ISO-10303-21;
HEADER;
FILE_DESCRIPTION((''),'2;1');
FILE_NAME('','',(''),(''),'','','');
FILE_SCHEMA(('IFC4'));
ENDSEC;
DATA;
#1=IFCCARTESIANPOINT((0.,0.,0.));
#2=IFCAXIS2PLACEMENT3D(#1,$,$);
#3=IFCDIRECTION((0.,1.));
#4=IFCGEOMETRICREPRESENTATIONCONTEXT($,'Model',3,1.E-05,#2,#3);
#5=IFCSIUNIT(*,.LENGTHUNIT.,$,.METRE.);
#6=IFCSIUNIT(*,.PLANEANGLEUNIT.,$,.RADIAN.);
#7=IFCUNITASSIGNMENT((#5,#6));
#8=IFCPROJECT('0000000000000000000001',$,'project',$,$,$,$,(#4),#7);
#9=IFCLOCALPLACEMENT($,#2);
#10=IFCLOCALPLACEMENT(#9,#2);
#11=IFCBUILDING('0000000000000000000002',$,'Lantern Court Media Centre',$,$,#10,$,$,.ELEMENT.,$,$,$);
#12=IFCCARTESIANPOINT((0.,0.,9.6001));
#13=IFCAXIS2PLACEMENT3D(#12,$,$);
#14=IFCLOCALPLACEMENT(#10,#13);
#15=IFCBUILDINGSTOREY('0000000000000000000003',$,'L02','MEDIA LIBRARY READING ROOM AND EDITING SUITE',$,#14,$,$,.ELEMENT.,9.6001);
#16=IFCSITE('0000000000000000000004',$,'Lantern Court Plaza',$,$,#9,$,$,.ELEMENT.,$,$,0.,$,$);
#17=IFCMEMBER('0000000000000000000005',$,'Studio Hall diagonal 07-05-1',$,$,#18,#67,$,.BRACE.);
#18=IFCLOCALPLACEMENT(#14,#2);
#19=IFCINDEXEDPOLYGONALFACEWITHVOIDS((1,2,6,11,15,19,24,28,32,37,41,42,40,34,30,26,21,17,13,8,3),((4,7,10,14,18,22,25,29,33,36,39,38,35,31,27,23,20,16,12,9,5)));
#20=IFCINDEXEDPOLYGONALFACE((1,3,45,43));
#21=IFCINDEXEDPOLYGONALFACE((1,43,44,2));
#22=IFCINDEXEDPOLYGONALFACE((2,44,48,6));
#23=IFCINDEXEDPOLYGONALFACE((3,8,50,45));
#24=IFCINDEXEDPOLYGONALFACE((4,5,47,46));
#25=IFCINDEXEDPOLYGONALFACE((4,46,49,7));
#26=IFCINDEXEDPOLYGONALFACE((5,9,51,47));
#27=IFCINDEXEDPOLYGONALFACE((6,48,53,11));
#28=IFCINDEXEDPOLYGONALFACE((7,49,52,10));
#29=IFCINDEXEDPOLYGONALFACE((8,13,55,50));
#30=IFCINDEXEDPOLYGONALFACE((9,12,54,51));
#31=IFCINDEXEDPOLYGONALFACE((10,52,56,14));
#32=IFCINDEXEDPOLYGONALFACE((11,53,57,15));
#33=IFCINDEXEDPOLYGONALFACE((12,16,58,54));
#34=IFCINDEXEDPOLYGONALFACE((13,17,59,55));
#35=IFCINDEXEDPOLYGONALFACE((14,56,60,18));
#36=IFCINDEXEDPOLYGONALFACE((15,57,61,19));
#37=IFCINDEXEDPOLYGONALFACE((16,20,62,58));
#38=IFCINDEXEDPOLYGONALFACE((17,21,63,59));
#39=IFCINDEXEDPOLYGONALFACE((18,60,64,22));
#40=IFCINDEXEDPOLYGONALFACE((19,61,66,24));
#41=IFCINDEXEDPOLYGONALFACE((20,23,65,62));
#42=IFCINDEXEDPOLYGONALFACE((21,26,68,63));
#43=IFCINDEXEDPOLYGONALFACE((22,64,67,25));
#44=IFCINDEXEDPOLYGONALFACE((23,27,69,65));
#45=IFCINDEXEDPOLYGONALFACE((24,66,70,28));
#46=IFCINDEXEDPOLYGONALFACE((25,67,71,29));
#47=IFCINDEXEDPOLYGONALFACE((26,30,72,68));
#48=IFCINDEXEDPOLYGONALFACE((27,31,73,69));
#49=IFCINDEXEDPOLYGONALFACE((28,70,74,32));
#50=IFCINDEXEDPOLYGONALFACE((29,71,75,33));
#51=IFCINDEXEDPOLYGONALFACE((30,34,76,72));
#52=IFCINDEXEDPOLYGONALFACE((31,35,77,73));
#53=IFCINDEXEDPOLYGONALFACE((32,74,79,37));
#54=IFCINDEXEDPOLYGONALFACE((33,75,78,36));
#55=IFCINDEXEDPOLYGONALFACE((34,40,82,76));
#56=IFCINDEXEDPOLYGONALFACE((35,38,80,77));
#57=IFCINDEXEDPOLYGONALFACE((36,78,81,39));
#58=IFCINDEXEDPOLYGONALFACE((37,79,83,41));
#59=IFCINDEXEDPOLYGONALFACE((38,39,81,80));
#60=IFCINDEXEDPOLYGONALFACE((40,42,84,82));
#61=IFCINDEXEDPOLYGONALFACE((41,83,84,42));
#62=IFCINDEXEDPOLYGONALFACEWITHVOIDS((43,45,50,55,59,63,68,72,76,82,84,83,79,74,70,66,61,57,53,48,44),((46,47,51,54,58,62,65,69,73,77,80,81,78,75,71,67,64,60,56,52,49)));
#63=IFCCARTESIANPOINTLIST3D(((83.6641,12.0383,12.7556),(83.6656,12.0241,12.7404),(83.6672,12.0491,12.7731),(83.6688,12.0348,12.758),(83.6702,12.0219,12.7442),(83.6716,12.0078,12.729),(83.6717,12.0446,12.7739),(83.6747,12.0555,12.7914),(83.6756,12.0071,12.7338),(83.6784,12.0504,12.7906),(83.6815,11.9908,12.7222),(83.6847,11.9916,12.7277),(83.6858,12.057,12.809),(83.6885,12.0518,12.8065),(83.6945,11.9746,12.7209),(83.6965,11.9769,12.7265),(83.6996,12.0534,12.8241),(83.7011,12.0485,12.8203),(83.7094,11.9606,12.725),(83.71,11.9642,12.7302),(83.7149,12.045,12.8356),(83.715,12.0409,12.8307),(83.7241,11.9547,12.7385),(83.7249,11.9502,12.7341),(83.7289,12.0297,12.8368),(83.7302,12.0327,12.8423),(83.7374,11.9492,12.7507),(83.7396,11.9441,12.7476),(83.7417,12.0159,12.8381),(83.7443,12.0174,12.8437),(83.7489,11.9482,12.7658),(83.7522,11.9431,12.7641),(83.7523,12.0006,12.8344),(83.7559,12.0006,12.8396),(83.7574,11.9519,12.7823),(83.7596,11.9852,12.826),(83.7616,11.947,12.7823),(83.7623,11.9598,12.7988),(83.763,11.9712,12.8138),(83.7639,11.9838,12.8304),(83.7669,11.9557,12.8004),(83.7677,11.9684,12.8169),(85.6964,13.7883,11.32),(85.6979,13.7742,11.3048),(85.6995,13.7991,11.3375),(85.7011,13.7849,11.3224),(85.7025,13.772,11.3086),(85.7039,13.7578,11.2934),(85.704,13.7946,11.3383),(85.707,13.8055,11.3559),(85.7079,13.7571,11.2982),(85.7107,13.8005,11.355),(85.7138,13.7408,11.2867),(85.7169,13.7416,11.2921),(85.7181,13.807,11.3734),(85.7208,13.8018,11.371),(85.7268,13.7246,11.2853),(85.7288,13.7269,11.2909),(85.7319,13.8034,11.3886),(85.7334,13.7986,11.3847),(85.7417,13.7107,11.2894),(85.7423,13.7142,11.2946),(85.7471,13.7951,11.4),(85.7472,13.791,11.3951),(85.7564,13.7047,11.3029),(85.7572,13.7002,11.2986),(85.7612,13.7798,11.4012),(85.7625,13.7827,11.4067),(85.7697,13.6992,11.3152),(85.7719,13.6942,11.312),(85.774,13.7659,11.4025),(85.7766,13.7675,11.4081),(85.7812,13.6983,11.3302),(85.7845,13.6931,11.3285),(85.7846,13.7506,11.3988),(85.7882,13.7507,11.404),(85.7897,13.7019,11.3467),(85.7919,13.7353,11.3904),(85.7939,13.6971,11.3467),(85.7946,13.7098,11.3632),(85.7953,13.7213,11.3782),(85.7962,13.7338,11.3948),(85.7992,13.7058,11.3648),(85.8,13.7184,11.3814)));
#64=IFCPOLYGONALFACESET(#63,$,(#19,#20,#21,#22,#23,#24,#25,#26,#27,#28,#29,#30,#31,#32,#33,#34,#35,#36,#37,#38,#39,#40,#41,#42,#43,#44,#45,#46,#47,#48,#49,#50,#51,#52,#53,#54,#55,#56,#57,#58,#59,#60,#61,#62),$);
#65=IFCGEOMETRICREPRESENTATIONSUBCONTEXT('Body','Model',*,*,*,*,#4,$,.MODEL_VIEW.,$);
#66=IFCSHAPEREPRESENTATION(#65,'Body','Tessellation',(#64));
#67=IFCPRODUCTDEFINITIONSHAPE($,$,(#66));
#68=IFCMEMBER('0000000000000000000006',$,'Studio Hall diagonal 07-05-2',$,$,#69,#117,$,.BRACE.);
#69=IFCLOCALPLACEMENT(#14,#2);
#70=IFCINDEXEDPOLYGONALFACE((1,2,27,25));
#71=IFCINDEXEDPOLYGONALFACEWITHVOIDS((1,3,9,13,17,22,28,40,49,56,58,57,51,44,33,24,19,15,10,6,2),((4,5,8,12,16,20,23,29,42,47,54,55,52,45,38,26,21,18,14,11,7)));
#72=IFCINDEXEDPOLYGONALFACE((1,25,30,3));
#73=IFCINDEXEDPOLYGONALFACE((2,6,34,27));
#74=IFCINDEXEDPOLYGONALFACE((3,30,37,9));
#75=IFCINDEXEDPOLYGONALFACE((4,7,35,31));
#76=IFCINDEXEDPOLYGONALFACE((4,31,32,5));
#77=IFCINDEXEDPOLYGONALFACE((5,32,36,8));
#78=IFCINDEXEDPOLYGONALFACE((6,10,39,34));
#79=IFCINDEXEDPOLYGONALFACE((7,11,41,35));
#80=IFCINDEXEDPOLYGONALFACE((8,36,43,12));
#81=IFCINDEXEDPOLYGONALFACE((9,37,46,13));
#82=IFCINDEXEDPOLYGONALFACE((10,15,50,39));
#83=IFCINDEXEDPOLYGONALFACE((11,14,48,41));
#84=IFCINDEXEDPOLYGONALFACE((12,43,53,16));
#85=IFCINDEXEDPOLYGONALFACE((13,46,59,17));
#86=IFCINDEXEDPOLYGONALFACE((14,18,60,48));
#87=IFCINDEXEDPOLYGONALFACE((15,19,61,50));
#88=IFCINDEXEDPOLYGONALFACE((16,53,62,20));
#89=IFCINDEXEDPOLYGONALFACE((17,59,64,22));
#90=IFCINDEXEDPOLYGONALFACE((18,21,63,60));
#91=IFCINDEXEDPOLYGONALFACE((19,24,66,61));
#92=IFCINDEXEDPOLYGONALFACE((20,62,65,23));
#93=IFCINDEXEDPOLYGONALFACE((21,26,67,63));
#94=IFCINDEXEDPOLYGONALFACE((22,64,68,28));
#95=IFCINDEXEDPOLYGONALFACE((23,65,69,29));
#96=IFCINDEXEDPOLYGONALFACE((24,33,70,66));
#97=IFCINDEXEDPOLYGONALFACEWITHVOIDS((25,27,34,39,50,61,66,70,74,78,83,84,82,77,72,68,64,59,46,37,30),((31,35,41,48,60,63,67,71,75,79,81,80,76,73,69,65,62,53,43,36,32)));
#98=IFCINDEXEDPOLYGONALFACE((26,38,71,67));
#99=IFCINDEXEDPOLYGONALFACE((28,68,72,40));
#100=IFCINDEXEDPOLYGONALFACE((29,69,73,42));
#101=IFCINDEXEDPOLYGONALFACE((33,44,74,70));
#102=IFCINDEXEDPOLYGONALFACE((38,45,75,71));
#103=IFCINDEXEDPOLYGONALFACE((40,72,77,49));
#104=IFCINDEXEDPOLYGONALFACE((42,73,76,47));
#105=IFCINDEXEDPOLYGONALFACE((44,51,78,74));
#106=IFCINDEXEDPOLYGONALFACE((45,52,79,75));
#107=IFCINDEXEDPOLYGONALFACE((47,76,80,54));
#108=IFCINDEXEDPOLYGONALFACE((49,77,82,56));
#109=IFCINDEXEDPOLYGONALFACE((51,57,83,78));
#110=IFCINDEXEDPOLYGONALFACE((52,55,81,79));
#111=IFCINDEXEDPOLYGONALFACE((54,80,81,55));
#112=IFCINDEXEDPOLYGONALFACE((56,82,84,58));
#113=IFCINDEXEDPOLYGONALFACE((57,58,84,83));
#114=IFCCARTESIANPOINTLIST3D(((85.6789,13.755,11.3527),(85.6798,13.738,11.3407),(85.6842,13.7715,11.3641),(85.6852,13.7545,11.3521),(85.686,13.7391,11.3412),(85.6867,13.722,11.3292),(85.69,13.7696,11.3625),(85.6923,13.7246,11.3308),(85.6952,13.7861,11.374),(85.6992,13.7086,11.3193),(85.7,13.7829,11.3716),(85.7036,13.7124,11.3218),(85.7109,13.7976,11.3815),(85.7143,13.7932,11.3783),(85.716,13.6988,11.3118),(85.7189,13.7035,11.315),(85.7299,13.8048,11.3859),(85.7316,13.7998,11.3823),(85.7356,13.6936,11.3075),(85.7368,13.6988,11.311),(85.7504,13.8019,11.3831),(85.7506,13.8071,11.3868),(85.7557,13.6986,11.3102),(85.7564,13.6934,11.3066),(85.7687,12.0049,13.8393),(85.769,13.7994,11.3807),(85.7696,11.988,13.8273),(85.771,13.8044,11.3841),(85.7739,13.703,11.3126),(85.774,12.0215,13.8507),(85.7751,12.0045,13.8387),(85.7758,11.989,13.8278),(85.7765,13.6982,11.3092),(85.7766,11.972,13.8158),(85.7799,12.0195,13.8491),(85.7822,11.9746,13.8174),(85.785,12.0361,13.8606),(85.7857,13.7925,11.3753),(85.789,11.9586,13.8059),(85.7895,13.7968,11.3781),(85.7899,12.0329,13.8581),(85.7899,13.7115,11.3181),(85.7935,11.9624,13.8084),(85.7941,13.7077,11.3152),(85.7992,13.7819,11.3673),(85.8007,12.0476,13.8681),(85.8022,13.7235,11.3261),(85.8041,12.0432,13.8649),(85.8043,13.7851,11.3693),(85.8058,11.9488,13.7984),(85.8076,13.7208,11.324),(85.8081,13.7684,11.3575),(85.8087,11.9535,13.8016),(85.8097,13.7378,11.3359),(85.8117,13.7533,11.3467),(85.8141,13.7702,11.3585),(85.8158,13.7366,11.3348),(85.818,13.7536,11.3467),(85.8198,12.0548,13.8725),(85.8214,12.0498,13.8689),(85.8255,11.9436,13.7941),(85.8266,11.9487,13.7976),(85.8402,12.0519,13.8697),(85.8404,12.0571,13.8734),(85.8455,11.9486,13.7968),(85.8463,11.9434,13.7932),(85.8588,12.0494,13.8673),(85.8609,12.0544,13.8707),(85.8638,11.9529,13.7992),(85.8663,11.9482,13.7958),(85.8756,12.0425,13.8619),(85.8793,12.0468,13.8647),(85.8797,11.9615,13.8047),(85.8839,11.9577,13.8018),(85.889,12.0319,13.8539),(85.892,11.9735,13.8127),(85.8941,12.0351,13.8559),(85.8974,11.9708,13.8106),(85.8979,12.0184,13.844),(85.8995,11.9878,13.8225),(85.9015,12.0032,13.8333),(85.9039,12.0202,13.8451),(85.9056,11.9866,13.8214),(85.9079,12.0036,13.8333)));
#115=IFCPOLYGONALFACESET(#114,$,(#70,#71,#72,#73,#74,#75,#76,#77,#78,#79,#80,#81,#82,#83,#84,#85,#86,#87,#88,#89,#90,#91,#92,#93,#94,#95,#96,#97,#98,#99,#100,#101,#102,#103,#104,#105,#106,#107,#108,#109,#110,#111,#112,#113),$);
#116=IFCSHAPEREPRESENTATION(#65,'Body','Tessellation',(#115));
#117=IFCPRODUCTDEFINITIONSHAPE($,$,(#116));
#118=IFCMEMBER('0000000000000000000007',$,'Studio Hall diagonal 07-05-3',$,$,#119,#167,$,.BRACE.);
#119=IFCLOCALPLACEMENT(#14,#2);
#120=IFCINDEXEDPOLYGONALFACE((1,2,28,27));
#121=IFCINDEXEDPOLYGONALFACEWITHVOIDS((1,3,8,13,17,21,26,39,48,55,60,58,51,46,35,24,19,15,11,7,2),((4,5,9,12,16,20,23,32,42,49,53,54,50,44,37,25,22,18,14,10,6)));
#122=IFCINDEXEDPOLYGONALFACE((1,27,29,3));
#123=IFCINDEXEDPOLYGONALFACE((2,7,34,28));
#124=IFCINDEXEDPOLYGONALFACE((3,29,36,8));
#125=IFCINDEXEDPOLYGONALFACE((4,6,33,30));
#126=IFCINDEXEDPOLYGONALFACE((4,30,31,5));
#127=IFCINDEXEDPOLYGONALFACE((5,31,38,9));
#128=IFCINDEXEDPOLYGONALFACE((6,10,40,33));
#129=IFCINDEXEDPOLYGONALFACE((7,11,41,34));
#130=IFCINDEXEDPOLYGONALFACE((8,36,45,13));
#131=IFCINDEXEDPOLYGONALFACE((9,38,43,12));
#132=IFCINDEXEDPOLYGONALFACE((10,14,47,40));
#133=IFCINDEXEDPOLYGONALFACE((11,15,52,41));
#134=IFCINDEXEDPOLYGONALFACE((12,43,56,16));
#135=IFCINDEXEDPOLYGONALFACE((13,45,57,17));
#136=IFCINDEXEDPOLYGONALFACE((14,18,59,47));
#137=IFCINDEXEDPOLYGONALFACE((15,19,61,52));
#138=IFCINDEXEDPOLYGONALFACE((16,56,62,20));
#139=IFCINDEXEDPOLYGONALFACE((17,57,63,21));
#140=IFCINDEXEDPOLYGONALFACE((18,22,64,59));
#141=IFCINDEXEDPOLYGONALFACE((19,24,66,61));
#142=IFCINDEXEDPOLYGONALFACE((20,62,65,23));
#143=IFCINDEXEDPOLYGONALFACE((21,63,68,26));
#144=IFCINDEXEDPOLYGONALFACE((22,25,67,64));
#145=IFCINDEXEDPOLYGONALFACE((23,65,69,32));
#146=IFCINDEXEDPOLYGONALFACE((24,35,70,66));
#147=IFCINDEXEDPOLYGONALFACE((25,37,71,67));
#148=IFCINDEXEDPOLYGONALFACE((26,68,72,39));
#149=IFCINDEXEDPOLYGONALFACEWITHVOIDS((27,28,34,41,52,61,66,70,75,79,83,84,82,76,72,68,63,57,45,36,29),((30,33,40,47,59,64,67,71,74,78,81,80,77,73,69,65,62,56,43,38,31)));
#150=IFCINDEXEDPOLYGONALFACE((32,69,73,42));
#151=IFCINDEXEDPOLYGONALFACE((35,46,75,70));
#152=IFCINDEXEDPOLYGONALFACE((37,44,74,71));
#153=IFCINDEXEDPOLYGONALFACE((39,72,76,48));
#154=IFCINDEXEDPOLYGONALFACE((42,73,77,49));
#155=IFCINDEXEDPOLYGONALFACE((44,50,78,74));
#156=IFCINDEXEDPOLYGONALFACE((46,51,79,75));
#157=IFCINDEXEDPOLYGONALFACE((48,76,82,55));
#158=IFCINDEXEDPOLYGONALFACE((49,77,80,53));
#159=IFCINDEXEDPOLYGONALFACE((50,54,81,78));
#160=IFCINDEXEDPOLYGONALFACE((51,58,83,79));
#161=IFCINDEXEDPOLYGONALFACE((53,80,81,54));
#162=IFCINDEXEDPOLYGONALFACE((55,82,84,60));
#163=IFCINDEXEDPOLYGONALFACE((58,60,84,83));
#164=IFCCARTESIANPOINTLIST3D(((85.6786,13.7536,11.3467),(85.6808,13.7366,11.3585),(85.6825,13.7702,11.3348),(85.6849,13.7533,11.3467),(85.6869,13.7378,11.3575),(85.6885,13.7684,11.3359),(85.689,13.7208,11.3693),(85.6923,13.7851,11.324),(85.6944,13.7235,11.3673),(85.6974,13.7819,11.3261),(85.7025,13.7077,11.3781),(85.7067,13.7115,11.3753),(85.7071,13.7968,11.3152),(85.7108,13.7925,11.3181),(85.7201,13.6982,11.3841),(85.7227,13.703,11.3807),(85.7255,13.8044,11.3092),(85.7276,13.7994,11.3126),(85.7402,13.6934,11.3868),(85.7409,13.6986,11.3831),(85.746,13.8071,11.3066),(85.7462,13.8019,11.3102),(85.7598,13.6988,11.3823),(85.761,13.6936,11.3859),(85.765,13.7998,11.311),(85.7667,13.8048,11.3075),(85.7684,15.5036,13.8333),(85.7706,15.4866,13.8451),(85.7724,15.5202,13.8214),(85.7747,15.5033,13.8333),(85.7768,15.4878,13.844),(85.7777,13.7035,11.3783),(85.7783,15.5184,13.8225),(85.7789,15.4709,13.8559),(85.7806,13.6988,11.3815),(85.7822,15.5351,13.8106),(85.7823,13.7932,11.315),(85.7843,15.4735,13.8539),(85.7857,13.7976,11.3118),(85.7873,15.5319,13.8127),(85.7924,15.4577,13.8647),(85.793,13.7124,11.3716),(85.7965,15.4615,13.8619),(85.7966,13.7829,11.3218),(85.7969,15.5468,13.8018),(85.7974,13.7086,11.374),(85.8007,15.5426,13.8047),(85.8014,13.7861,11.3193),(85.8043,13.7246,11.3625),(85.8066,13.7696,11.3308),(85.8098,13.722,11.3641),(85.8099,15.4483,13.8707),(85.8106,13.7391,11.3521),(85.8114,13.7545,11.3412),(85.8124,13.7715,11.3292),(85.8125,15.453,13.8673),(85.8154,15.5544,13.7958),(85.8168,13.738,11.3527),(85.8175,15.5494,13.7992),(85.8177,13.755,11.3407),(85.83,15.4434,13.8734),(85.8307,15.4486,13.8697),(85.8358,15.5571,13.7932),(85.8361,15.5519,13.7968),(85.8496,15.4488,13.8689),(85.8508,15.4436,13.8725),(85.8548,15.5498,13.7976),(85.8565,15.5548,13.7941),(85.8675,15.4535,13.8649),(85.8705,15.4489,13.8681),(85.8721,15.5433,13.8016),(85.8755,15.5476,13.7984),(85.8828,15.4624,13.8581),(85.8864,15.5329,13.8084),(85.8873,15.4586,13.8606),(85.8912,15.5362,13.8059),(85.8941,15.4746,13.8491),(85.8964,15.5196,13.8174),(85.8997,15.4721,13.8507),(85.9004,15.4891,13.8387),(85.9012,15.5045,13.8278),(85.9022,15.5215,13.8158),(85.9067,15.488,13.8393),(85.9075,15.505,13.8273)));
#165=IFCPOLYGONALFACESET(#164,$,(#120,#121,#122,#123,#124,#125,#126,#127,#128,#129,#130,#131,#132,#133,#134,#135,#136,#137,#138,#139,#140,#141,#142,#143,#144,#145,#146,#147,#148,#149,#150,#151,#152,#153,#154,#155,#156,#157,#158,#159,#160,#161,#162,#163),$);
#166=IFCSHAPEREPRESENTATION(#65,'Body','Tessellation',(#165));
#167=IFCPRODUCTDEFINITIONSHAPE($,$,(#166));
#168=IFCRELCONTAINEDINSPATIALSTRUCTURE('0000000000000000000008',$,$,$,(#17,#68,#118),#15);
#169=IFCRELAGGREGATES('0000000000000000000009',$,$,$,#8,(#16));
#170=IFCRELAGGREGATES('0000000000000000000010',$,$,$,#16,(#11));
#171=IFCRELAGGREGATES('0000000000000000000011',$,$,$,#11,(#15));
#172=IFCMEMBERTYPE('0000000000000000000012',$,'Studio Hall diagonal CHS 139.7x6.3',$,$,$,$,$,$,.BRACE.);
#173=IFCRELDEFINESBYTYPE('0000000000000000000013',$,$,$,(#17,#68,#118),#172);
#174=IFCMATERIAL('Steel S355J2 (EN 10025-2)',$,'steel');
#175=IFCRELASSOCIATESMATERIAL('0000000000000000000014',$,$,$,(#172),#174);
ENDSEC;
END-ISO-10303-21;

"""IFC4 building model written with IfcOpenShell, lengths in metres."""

from ifc_helpers import new_model, si_unit, direction, frame, origin, origin_2d, place, context, subcontext, project, spatial, hollow_circle, extrude, material, material_profile, profile_set, type_object, element, save


model = new_model("IFC4")

# Units and contexts
model_context = context("Model", 3, precision=1e-05, world=origin(), true_north=direction((0.0, 1.0)))
body_context = subcontext(model_context, "Body", "Model", "MODEL_VIEW")
ifc_project = project(units=[si_unit("LENGTHUNIT", "METRE"), si_unit("PLANEANGLEUNIT", "RADIAN")], contexts=[model_context])

# Site, building, storey
site_placement = place(None, origin())
site = spatial("IfcSite", under=ifc_project, at=site_placement, Name="Lantern Court Plaza", CompositionType="ELEMENT", RefElevation=0.0)
building_placement = place(site_placement, origin())
building = spatial("IfcBuilding", under=site, at=building_placement, Name="Lantern Court Media Centre", CompositionType="ELEMENT")
storey_placement = place(building_placement, frame((0.0, 0.0, 9.6001)))
storey = spatial("IfcBuildingStorey", under=building, at=storey_placement, Name="L02", Description="MEDIA LIBRARY READING ROOM AND EDITING SUITE", CompositionType="ELEMENT", Elevation=9.6001)

# Members
ifc_material = material(Name="Steel S355J2 (EN 10025-2)", Category="steel")
ifc_material_profile_1 = material_profile(ifc_material, hollow_circle(Radius=0.0698, WallThickness=0.0063, at=origin_2d()), Name="Studio Hall diagonal CHS 139.7x6.3")
ifc_profile_set_1 = profile_set([ifc_material_profile_1], Name="Steel S355J2 (EN 10025-2)")
member_type_1 = type_object("IfcMemberType", Name="Studio Hall diagonal CHS 139.7x6.3", PredefinedType="BRACE", material=ifc_profile_set_1)
for number, where, z_axis, x_axis, name in (
    (1, (85.7483, 13.75, 11.3467), (-0.668075, -0.575296, 0.471922), (0.652529, -0.757764, 0.0), "Studio Hall diagonal 07-05-1"),
    (2, (85.7483, 13.75, 11.3467), (0.029535, -0.575284, 0.81742), (0.998685, 0.051272, 0.0), "Studio Hall diagonal 07-05-2"),
    (3, (85.7483, 13.75, 11.3467), (0.029535, 0.575284, 0.81742), (-0.998685, 0.051272, 0.0), "Studio Hall diagonal 07-05-3"),
):
    element("IfcMember", number, at=place(storey_placement, frame(where, z_axis=z_axis, x_axis=x_axis)), inside=storey, type_object=member_type_1, Name=name, PredefinedType="BRACE", context=body_context, shape_type="SweptSolid", body=[
        extrude(hollow_circle(Radius=0.0698, WallThickness=0.0063, at=origin_2d()), origin(), (0.0, 0.0, 1.0), 3.042),
    ])

save(model, "model.ifc")
